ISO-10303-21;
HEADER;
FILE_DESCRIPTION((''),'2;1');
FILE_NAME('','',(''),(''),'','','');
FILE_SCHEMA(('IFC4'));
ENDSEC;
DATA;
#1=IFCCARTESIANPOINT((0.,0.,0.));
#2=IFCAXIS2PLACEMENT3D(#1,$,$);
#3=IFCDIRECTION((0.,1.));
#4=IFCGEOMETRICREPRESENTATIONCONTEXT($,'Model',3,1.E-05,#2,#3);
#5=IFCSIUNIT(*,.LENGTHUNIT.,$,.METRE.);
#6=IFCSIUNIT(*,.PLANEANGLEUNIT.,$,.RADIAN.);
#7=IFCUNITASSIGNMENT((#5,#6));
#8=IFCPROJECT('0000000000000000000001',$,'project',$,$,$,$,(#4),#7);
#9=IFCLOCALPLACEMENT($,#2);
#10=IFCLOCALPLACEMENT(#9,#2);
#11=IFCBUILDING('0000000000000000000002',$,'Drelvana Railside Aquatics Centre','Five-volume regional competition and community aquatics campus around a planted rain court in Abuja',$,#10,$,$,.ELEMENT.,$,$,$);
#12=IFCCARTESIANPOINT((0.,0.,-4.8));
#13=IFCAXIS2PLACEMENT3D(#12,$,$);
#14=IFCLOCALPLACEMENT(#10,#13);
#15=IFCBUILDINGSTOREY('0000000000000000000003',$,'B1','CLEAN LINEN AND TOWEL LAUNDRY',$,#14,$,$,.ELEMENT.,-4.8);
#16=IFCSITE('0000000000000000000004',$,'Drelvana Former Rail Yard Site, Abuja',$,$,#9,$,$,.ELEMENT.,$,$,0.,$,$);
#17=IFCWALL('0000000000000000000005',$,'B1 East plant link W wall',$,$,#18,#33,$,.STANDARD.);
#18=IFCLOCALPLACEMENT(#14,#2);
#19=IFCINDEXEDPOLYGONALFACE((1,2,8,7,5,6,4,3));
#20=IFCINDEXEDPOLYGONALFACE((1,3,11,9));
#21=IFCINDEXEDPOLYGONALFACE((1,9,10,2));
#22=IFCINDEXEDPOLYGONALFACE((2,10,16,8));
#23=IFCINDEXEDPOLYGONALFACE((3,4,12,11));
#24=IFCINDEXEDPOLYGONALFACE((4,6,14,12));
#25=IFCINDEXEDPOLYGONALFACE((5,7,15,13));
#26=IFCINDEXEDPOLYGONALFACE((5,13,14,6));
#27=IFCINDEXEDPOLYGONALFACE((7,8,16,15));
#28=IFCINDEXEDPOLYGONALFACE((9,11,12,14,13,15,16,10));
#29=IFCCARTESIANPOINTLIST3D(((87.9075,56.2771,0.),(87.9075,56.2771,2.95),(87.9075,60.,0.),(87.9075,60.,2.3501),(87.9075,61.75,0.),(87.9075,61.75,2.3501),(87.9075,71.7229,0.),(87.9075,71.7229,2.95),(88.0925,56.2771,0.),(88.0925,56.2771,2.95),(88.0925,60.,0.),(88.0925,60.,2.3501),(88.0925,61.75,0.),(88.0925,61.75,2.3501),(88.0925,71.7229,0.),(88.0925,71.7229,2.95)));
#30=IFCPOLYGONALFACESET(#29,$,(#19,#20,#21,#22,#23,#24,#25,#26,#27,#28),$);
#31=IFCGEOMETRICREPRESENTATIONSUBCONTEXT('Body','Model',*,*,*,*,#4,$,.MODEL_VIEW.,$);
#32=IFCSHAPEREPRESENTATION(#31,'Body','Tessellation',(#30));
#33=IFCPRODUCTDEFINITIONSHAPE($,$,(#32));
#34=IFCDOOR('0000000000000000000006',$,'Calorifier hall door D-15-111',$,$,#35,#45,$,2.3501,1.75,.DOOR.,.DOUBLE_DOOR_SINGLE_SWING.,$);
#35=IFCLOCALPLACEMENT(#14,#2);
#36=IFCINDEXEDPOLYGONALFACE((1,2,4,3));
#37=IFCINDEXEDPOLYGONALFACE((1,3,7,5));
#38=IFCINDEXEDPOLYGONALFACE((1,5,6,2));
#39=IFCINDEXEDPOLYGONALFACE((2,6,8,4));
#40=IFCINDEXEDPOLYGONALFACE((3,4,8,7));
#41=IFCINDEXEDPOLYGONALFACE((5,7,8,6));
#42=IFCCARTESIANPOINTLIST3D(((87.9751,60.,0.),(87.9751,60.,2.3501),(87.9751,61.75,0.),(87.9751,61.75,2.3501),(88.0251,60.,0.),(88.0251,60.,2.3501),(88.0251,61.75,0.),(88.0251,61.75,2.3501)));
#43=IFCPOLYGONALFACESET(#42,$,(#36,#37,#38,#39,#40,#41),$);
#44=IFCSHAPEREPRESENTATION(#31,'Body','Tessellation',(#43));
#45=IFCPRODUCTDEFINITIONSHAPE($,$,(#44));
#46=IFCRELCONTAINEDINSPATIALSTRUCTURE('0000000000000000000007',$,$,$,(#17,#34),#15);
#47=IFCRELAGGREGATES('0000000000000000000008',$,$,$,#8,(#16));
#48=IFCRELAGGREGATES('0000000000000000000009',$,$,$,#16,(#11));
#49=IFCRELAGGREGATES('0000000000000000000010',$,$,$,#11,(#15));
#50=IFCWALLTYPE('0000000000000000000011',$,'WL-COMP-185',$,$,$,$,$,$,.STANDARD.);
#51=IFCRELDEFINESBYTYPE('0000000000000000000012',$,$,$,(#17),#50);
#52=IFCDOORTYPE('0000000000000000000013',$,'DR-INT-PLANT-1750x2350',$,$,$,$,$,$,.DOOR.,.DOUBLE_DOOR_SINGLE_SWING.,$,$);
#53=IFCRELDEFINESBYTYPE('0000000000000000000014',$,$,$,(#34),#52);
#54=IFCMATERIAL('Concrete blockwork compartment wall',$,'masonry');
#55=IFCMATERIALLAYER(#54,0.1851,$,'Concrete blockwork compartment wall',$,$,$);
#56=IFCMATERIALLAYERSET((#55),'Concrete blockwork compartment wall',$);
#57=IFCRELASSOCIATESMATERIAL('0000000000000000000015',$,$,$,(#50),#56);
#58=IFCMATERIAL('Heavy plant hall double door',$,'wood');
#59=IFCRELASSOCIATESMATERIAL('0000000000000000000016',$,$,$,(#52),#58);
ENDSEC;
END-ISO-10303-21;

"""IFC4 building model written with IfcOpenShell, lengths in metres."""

from ifc_helpers import new_model, si_unit, direction, frame, frame_2d, origin, place, context, subcontext, project, spatial, rectangle, extrude, material, layer, layer_set, type_object, element, fill, save


model = new_model("IFC4")

# Units and contexts
model_context = context("Model", 3, precision=1e-05, world=origin(), true_north=direction((0.0, 1.0)))
body_context = subcontext(model_context, "Body", "Model", "MODEL_VIEW")
ifc_project = project(units=[si_unit("LENGTHUNIT", "METRE"), si_unit("PLANEANGLEUNIT", "RADIAN")], contexts=[model_context])

# Site, building, storey
site_placement = place(None, origin())
site = spatial("IfcSite", under=ifc_project, at=site_placement, Name="Drelvana Former Rail Yard Site, Abuja", CompositionType="ELEMENT", RefElevation=0.0)
building_placement = place(site_placement, origin())
building = spatial("IfcBuilding", under=site, at=building_placement, Name="Drelvana Railside Aquatics Centre", Description="Five-volume regional competition and community aquatics campus around a planted rain court in Abuja", CompositionType="ELEMENT")
storey_placement = place(building_placement, frame((0.0, 0.0, -4.8)))
storey = spatial("IfcBuildingStorey", under=building, at=storey_placement, Name="B1", Description="CLEAN LINEN AND TOWEL LAUNDRY", CompositionType="ELEMENT", Elevation=-4.8)

# Wall, opening, door
ifc_material_1 = material(Name="Concrete blockwork compartment wall", Category="masonry")
ifc_layer = layer(ifc_material_1, 0.1851, Name="Concrete blockwork compartment wall")
ifc_layer_set = layer_set([ifc_layer], Name="Concrete blockwork compartment wall")
wall_type = type_object("IfcWallType", Name="WL-COMP-185", PredefinedType="STANDARD", material=ifc_layer_set)
wall_placement = place(storey_placement, frame((88.0, 56.2771, 0.0), z_axis=(0.0, 0.0, 1.0), x_axis=(0.0, 1.0, 0.0)))
wall = element("IfcWall", 1, at=wall_placement, inside=storey, type_object=wall_type, Name="B1 East plant link W wall", PredefinedType="STANDARD", context=body_context, shape_type="SweptSolid", body=[
    extrude(rectangle(XDim=15.4458, YDim=0.1851, at=frame_2d((7.7229, 0.0))), origin(), (0.0, 0.0, 1.0), 2.95),
])
opening_placement = place(wall_placement, frame((3.7229, 0.0, 0.0)))
opening = element("IfcOpeningElement", 2, at=opening_placement, cuts=wall, PredefinedType="OPENING", context=body_context, shape_type="SweptSolid", body=[
    extrude(rectangle(XDim=1.75, YDim=2.3501, at=frame_2d((0.875, 1.175))), frame((0.0, 0.1025, 0.0), z_axis=(0.0, -1.0, 0.0), x_axis=(1.0, 0.0, 0.0)), (0.0, 0.0, 1.0), 0.2051),
])
ifc_material_2 = material(Name="Heavy plant hall double door", Category="wood")
door_type = type_object("IfcDoorType", Name="DR-INT-PLANT-1750x2350", OperationType="DOUBLE_DOOR_SINGLE_SWING", PredefinedType="DOOR", material=ifc_material_2)
door_placement = place(opening_placement, origin())
door = element("IfcDoor", 3, at=door_placement, inside=storey, type_object=door_type, Name="Calorifier hall door D-15-111", OperationType="DOUBLE_DOOR_SINGLE_SWING", OverallHeight=2.3501, OverallWidth=1.75, PredefinedType="DOOR", context=body_context, shape_type="SweptSolid", body=[
    extrude(rectangle(XDim=1.75, YDim=2.3501, at=frame_2d((0.875, 1.175))), frame((0.0, 0.0249, 0.0), z_axis=(0.0, -1.0, 0.0), x_axis=(1.0, 0.0, 0.0)), (0.0, 0.0, 1.0), 0.05),
])
fill(opening, door)

save(model, "model.ifc")
